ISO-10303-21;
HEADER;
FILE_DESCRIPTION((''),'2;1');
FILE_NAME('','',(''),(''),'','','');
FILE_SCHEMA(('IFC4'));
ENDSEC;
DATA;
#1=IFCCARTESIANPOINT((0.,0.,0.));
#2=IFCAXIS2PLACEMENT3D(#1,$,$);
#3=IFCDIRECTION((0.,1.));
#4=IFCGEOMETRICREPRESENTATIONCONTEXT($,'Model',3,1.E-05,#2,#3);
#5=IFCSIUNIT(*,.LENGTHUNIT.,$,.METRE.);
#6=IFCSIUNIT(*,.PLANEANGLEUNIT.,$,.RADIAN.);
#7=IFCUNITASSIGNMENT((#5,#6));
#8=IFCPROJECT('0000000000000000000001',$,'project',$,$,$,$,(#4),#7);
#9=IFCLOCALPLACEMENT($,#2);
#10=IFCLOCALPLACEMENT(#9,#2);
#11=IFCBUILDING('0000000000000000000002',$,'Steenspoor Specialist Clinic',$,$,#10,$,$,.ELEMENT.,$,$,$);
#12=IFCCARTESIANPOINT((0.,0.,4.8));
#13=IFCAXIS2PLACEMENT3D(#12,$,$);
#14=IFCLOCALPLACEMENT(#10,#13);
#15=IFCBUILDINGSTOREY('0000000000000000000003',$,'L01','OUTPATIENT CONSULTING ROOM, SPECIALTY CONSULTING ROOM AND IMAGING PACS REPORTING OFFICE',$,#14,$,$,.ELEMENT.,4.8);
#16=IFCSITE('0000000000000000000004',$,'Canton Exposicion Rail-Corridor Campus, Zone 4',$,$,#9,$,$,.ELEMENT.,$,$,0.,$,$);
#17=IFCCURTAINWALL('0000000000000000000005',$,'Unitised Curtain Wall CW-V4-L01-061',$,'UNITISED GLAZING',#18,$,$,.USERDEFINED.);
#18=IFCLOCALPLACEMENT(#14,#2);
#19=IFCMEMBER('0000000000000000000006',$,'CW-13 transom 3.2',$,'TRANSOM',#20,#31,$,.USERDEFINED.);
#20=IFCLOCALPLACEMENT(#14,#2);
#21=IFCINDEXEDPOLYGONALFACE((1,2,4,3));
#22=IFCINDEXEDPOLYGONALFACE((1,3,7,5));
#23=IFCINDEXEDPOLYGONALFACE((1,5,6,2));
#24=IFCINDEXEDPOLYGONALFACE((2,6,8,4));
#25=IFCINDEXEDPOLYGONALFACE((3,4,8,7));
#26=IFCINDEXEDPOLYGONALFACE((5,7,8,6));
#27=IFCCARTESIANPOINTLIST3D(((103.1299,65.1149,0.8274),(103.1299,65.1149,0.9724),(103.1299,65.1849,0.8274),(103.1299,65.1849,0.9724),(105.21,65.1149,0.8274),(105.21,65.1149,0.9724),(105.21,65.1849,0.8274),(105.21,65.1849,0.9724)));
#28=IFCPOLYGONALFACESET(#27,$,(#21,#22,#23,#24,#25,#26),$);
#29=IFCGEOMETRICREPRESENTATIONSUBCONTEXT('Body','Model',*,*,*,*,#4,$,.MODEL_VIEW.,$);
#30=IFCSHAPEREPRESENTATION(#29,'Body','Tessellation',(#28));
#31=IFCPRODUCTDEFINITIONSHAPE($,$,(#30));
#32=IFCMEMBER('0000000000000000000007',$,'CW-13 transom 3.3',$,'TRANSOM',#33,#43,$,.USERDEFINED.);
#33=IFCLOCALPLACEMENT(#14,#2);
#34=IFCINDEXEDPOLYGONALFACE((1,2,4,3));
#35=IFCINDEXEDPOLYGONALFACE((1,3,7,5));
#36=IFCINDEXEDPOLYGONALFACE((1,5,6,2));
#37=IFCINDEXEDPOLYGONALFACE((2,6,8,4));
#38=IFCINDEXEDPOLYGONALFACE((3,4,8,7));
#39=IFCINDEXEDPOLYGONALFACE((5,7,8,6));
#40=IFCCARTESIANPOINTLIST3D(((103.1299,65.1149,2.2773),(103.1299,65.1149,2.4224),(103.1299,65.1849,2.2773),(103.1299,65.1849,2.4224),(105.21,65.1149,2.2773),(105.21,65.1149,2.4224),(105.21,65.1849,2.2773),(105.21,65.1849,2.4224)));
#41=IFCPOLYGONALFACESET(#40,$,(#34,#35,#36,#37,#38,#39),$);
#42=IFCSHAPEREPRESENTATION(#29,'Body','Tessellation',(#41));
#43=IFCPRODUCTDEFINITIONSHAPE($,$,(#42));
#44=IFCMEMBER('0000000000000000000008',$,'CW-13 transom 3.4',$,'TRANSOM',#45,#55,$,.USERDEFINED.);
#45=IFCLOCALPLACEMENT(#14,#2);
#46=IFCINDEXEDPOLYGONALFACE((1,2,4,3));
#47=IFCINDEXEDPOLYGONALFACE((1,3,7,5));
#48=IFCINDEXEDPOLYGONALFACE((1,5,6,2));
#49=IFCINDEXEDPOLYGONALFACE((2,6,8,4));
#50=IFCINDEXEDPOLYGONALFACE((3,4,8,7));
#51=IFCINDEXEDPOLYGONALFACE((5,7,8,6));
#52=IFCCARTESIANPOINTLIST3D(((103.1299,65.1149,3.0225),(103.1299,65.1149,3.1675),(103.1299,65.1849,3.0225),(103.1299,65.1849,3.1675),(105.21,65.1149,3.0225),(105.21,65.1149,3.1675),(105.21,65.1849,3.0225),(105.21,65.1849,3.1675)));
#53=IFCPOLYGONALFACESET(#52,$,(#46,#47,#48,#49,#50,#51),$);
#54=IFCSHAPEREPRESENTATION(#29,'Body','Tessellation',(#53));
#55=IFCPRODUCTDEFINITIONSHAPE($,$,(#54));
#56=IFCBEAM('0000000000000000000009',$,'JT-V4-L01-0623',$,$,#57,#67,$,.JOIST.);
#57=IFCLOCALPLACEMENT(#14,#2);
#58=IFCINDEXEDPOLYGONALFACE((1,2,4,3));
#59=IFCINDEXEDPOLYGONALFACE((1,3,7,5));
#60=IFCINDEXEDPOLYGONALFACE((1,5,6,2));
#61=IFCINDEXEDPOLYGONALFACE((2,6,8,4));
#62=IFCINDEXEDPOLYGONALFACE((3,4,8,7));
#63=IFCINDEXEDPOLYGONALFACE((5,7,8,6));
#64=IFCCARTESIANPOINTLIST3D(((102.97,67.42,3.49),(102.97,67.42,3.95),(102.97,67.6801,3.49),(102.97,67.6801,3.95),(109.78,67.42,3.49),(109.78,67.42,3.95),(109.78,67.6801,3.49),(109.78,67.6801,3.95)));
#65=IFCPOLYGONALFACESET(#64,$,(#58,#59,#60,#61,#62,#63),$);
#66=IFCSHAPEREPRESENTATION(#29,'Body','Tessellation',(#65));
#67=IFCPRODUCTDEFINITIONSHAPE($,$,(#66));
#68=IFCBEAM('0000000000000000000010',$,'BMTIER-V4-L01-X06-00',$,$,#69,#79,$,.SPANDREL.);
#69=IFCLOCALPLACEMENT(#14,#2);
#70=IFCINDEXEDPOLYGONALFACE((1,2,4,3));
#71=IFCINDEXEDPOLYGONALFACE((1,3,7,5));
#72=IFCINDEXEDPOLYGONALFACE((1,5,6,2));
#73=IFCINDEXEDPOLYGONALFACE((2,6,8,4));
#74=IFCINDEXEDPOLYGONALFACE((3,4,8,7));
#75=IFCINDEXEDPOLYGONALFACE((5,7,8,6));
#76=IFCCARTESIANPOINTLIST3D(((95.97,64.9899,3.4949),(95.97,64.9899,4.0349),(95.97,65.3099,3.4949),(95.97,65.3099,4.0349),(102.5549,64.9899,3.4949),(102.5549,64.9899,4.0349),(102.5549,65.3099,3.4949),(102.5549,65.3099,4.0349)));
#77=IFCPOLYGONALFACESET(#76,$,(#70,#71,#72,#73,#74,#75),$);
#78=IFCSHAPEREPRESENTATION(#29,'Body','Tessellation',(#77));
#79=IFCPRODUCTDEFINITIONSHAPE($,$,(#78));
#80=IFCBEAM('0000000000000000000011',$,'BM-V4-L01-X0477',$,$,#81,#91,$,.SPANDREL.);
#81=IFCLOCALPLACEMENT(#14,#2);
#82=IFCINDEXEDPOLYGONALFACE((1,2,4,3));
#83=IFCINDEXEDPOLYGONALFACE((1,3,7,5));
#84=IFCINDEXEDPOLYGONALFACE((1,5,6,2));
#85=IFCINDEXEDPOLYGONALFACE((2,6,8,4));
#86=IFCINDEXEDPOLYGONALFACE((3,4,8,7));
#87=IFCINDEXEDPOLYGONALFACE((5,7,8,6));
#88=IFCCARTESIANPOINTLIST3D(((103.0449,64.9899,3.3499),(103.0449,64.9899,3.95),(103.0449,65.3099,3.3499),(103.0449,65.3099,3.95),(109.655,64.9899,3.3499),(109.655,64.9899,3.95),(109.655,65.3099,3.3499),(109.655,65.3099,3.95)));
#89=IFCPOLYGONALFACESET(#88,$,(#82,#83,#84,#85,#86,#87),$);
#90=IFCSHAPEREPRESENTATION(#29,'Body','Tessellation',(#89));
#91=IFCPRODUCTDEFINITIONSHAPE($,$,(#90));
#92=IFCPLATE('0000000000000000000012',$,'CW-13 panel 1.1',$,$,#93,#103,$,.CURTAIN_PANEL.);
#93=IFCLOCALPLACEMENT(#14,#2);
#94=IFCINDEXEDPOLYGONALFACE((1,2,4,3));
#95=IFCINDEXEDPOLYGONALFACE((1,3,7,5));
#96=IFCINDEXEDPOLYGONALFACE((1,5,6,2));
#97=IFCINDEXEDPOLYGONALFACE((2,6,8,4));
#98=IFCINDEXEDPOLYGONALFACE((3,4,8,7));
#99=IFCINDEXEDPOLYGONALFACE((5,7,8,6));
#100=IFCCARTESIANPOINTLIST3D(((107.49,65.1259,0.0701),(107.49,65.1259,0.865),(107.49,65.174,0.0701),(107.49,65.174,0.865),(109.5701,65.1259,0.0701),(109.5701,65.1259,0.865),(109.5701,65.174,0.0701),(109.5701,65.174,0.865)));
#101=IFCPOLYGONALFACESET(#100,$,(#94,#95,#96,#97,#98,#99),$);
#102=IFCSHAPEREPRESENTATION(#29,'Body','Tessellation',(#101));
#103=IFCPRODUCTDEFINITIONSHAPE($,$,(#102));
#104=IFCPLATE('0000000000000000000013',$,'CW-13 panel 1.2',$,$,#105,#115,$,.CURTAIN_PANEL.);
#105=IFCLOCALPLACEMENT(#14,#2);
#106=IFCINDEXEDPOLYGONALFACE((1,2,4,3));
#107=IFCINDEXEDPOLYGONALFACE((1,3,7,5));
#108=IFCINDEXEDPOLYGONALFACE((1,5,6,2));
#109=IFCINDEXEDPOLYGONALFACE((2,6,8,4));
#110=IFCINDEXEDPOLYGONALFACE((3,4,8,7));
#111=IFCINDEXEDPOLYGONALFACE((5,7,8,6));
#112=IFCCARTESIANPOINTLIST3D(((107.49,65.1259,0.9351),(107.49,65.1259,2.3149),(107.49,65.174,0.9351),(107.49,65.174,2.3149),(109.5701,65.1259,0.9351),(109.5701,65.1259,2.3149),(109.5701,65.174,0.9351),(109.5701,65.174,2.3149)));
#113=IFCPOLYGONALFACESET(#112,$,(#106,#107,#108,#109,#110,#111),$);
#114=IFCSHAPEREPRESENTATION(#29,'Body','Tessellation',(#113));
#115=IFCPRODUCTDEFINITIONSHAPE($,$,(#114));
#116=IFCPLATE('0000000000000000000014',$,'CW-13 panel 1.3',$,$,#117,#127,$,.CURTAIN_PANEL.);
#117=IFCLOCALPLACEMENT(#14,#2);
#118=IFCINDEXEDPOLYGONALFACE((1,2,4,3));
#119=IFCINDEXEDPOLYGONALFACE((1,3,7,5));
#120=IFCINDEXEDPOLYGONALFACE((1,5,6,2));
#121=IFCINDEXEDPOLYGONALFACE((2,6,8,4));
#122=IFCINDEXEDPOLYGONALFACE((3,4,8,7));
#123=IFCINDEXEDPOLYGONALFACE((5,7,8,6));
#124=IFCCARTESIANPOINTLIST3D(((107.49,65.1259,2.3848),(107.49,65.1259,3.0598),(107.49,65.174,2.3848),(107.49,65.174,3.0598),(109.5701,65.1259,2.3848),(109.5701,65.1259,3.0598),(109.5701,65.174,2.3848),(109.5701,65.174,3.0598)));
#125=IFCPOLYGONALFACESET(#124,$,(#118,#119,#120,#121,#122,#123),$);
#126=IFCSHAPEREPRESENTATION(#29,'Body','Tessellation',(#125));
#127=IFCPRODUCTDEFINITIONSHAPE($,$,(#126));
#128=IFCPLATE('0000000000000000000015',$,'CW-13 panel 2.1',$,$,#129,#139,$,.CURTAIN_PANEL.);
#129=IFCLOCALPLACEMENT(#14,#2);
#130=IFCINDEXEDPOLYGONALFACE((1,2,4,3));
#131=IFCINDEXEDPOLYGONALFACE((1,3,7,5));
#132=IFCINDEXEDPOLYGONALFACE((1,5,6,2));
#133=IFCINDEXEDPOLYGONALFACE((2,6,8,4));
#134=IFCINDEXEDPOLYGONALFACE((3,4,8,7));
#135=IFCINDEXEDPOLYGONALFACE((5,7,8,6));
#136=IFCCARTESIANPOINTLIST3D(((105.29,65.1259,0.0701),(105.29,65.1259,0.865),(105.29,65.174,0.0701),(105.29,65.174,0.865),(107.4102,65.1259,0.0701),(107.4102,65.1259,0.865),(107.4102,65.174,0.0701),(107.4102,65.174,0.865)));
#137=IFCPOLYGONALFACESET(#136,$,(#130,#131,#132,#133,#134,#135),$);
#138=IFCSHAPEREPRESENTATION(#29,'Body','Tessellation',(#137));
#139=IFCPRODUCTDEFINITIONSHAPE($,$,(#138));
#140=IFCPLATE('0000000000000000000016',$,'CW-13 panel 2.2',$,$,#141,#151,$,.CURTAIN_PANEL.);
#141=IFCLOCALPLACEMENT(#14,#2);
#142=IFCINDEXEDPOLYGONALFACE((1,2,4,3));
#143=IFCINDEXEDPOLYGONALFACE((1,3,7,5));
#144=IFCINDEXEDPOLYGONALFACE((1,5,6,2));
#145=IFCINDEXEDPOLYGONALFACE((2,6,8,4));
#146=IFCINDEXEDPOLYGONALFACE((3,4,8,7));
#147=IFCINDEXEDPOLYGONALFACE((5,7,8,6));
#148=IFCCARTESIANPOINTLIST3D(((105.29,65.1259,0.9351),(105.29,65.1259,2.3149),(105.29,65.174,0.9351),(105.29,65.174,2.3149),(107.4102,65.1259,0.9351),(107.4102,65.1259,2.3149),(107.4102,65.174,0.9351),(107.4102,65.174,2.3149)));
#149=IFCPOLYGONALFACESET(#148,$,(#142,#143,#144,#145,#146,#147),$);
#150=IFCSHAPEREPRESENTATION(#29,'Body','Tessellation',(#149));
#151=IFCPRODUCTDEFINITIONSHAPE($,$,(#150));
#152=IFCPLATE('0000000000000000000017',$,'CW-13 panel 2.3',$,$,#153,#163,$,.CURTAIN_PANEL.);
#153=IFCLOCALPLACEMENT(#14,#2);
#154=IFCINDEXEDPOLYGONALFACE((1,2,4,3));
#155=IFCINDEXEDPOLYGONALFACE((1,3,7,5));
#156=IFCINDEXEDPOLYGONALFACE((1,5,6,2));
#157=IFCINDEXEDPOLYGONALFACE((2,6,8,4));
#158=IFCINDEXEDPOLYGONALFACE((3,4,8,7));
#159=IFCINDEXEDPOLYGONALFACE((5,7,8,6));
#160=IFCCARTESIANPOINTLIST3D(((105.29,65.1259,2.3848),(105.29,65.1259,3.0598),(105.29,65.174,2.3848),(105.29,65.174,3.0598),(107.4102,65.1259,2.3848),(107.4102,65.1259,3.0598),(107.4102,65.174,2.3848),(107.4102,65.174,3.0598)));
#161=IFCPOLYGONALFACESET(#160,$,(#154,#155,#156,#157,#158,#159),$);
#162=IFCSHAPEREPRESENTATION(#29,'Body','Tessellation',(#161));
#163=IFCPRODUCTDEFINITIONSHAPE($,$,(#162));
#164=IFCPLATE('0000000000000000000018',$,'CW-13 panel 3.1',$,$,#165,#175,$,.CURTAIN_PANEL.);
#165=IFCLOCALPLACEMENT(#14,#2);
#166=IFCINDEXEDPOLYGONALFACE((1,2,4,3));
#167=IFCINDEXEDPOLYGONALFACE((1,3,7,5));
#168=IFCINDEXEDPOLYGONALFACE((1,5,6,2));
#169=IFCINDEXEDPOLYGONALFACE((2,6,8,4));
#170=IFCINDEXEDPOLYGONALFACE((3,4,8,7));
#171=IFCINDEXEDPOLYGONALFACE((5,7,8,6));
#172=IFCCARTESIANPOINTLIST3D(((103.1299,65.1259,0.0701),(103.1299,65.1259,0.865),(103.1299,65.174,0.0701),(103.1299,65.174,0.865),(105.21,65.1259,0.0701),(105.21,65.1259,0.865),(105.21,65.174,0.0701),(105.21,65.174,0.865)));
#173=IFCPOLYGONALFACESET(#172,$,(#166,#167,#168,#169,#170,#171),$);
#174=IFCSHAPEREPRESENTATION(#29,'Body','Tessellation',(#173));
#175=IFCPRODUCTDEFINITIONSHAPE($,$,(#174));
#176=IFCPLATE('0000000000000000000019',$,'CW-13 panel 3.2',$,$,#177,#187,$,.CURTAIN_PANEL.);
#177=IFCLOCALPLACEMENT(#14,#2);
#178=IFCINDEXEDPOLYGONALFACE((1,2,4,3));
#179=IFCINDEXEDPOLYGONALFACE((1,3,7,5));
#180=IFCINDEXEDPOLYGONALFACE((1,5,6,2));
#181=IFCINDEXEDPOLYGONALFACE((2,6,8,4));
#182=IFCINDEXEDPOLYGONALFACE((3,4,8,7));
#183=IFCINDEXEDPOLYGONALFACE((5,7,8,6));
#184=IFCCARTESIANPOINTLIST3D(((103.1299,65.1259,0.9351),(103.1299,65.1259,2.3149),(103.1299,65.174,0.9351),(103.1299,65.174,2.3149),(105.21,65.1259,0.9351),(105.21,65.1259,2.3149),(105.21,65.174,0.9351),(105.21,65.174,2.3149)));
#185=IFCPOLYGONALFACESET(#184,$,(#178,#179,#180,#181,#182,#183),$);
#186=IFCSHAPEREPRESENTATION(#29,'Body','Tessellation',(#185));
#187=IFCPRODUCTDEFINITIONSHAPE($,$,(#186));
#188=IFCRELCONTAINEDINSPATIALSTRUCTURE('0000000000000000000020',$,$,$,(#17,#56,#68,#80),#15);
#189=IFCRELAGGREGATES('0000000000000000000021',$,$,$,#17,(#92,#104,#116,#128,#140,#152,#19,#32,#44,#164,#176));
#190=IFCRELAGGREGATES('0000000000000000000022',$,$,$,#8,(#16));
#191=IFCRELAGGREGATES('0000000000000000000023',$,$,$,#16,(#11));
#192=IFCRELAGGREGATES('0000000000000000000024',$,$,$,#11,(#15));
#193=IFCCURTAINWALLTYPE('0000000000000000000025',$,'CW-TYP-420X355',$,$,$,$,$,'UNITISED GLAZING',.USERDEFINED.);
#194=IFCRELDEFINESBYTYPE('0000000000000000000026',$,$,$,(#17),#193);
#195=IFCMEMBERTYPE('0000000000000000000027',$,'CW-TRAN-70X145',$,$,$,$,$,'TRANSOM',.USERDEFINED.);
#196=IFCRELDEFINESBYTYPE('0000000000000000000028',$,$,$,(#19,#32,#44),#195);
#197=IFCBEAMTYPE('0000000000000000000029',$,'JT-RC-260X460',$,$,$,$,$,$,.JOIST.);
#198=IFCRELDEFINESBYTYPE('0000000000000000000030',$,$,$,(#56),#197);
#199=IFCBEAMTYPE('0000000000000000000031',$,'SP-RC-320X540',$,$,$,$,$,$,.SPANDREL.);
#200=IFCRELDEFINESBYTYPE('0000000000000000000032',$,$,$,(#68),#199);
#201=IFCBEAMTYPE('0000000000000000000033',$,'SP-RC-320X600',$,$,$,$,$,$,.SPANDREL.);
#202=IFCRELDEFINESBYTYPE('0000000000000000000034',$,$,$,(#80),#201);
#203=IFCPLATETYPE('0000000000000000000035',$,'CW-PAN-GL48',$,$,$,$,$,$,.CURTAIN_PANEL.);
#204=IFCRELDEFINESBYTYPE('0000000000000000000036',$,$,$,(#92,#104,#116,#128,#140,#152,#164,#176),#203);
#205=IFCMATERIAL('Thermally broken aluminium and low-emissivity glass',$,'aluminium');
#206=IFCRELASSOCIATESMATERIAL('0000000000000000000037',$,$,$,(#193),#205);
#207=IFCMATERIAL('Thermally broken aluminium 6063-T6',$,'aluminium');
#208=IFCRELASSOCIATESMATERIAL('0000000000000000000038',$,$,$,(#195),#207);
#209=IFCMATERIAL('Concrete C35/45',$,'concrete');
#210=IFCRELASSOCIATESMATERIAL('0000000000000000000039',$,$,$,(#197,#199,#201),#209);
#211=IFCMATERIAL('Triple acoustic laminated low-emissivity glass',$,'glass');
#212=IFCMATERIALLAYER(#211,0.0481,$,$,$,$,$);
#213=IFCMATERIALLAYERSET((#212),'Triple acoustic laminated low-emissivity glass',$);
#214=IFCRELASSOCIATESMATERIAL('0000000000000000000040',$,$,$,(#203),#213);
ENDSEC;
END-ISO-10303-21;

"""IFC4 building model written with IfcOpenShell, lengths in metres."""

from ifc_helpers import new_model, si_unit, direction, frame, origin, origin_2d, place, context, subcontext, project, spatial, rectangle, extrude, material, layer, layer_set, material_profile, profile_set, type_object, element, aggregate, save


model = new_model("IFC4")

# Units and contexts
model_context = context("Model", 3, precision=1e-05, world=origin(), true_north=direction((0.0, 1.0)))
body_context = subcontext(model_context, "Body", "Model", "MODEL_VIEW")
ifc_project = project(units=[si_unit("LENGTHUNIT", "METRE"), si_unit("PLANEANGLEUNIT", "RADIAN")], contexts=[model_context])

# Site, building, storey
site_placement = place(None, origin())
site = spatial("IfcSite", under=ifc_project, at=site_placement, Name="Canton Exposicion Rail-Corridor Campus, Zone 4", CompositionType="ELEMENT", RefElevation=0.0)
building_placement = place(site_placement, origin())
building = spatial("IfcBuilding", under=site, at=building_placement, Name="Steenspoor Specialist Clinic", CompositionType="ELEMENT")
storey_placement = place(building_placement, frame((0.0, 0.0, 4.8)))
storey = spatial("IfcBuildingStorey", under=building, at=storey_placement, Name="L01", Description="OUTPATIENT CONSULTING ROOM, SPECIALTY CONSULTING ROOM AND IMAGING PACS REPORTING OFFICE", CompositionType="ELEMENT", Elevation=4.8)

# Shared definitions
ifc_material_1 = material(Name="Concrete C35/45", Category="concrete")

# Shared definitions
ifc_material_2 = material(Name="Thermally broken aluminium and low-emissivity glass", Category="aluminium")
ifc_material_3 = material(Name="Thermally broken aluminium 6063-T6", Category="aluminium")

# Curtain wall, members
curtain_wall_type_1 = type_object("IfcCurtainWallType", Name="CW-TYP-420X355", ElementType="UNITISED GLAZING", PredefinedType="USERDEFINED", material=ifc_material_2)
curtain_wall_1_placement = place(storey_placement, origin())
curtain_wall_1 = element("IfcCurtainWall", 1, at=curtain_wall_1_placement, inside=storey, type_object=curtain_wall_type_1, Name="Unitised Curtain Wall CW-V4-L01-061", ObjectType="UNITISED GLAZING", PredefinedType="USERDEFINED")
ifc_material_profile_1 = material_profile(ifc_material_3, rectangle(XDim=0.0701, YDim=0.145, at=origin_2d()), Name="CWT-70X145")
ifc_profile_set_1 = profile_set([ifc_material_profile_1], Name="Thermally broken aluminium 6063-T6")
member_type_1 = type_object("IfcMemberType", Name="CW-TRAN-70X145", ElementType="TRANSOM", PredefinedType="USERDEFINED", material=ifc_profile_set_1)
member_1_placement = place(storey_placement, frame((105.21, 65.1499, 0.8999), z_axis=(-1.0, 0.0, 0.0), x_axis=(0.0, -1.0, 0.0)))
member_1 = element("IfcMember", 2, at=member_1_placement, type_object=member_type_1, Name="CW-13 transom 3.2", ObjectType="TRANSOM", PredefinedType="USERDEFINED", context=body_context, shape_type="SweptSolid", body=[
    extrude(rectangle(XDim=0.0701, YDim=0.145, at=origin_2d()), origin(), (0.0, 0.0, 1.0), 2.0801),
])
member_2_placement = place(storey_placement, frame((105.21, 65.1499, 2.3499), z_axis=(-1.0, 0.0, 0.0), x_axis=(0.0, -1.0, 0.0)))
member_2 = element("IfcMember", 3, at=member_2_placement, type_object=member_type_1, Name="CW-13 transom 3.3", ObjectType="TRANSOM", PredefinedType="USERDEFINED", context=body_context, shape_type="SweptSolid", body=[
    extrude(rectangle(XDim=0.0701, YDim=0.145, at=origin_2d()), origin(), (0.0, 0.0, 1.0), 2.0801),
])
member_3_placement = place(storey_placement, frame((105.21, 65.1499, 3.095), z_axis=(-1.0, 0.0, 0.0), x_axis=(0.0, -1.0, 0.0)))
member_3 = element("IfcMember", 4, at=member_3_placement, type_object=member_type_1, Name="CW-13 transom 3.4", ObjectType="TRANSOM", PredefinedType="USERDEFINED", context=body_context, shape_type="SweptSolid", body=[
    extrude(rectangle(XDim=0.0701, YDim=0.145, at=origin_2d()), origin(), (0.0, 0.0, 1.0), 2.0801),
])

# Beams
ifc_material_profile_2 = material_profile(ifc_material_1, rectangle(XDim=0.26, YDim=0.46, at=origin_2d()), Name="RC-JT-260X460")
ifc_profile_set_2 = profile_set([ifc_material_profile_2], Name="Concrete C35/45")
beam_type_1 = type_object("IfcBeamType", Name="JT-RC-260X460", PredefinedType="JOIST", material=ifc_profile_set_2)
beam_1_placement = place(storey_placement, frame((102.97, 67.55, 3.72), z_axis=(1.0, 0.0, 0.0), x_axis=(0.0, 1.0, 0.0)))
element("IfcBeam", 5, at=beam_1_placement, inside=storey, type_object=beam_type_1, Name="JT-V4-L01-0623", PredefinedType="JOIST", context=body_context, shape_type="SweptSolid", body=[
    extrude(rectangle(XDim=0.26, YDim=0.46, at=origin_2d()), origin(), (0.0, 0.0, 1.0), 6.8101),
])
ifc_material_profile_3 = material_profile(ifc_material_1, rectangle(XDim=0.3201, YDim=0.54, at=origin_2d()), Name="RC-SP-320X540")
ifc_profile_set_3 = profile_set([ifc_material_profile_3], Name="Concrete C35/45")
beam_type_2 = type_object("IfcBeamType", Name="SP-RC-320X540", PredefinedType="SPANDREL", material=ifc_profile_set_3)
beam_2_placement = place(storey_placement, frame((95.97, 65.1499, 3.7649), z_axis=(1.0, 0.0, 0.0), x_axis=(0.0, 1.0, 0.0)))
element("IfcBeam", 6, at=beam_2_placement, inside=storey, type_object=beam_type_2, Name="BMTIER-V4-L01-X06-00", PredefinedType="SPANDREL", context=body_context, shape_type="SweptSolid", body=[
    extrude(rectangle(XDim=0.3201, YDim=0.54, at=origin_2d()), origin(), (0.0, 0.0, 1.0), 6.585),
])
ifc_material_profile_4 = material_profile(ifc_material_1, rectangle(XDim=0.3201, YDim=0.6001, at=origin_2d()), Name="RC-SP-320X600")
ifc_profile_set_4 = profile_set([ifc_material_profile_4], Name="Concrete C35/45")
beam_type_3 = type_object("IfcBeamType", Name="SP-RC-320X600", PredefinedType="SPANDREL", material=ifc_profile_set_4)
beam_3_placement = place(storey_placement, frame((103.0449, 65.1499, 3.6499), z_axis=(1.0, 0.0, 0.0), x_axis=(0.0, 1.0, 0.0)))
element("IfcBeam", 7, at=beam_3_placement, inside=storey, type_object=beam_type_3, Name="BM-V4-L01-X0477", PredefinedType="SPANDREL", context=body_context, shape_type="SweptSolid", body=[
    extrude(rectangle(XDim=0.3201, YDim=0.6001, at=origin_2d()), origin(), (0.0, 0.0, 1.0), 6.6101),
])

# Plates
ifc_material_4 = material(Name="Triple acoustic laminated low-emissivity glass", Category="glass")
ifc_layer_1 = layer(ifc_material_4, 0.0481)
ifc_layer_set_1 = layer_set([ifc_layer_1], Name="Triple acoustic laminated low-emissivity glass")
plate_type = type_object("IfcPlateType", Name="CW-PAN-GL48", PredefinedType="CURTAIN_PANEL", material=ifc_layer_set_1)
plate_1_placement = place(storey_placement, frame((108.53, 65.1499, 0.0701), z_axis=(0.0, 0.0, 1.0), x_axis=(-1.0, 0.0, 0.0)))
plate_1 = element("IfcPlate", 8, at=plate_1_placement, type_object=plate_type, Name="CW-13 panel 1.1", PredefinedType="CURTAIN_PANEL", context=body_context, shape_type="SweptSolid", body=[
    extrude(rectangle(XDim=2.0801, YDim=0.0481, at=origin_2d()), origin(), (0.0, 0.0, 1.0), 0.7949),
])
plate_2_placement = place(storey_placement, frame((108.53, 65.1499, 0.9351), z_axis=(0.0, 0.0, 1.0), x_axis=(-1.0, 0.0, 0.0)))
plate_2 = element("IfcPlate", 9, at=plate_2_placement, type_object=plate_type, Name="CW-13 panel 1.2", PredefinedType="CURTAIN_PANEL", context=body_context, shape_type="SweptSolid", body=[
    extrude(rectangle(XDim=2.0801, YDim=0.0481, at=origin_2d()), origin(), (0.0, 0.0, 1.0), 1.3799),
])
plate_3_placement = place(storey_placement, frame((108.53, 65.1499, 2.3848), z_axis=(0.0, 0.0, 1.0), x_axis=(-1.0, 0.0, 0.0)))
plate_3 = element("IfcPlate", 10, at=plate_3_placement, type_object=plate_type, Name="CW-13 panel 1.3", PredefinedType="CURTAIN_PANEL", context=body_context, shape_type="SweptSolid", body=[
    extrude(rectangle(XDim=2.0801, YDim=0.0481, at=origin_2d()), origin(), (0.0, 0.0, 1.0), 0.675),
])
plate_4_placement = place(storey_placement, frame((106.3501, 65.1499, 0.0701), z_axis=(0.0, 0.0, 1.0), x_axis=(-1.0, 0.0, 0.0)))
plate_4 = element("IfcPlate", 11, at=plate_4_placement, type_object=plate_type, Name="CW-13 panel 2.1", PredefinedType="CURTAIN_PANEL", context=body_context, shape_type="SweptSolid", body=[
    extrude(rectangle(XDim=2.1201, YDim=0.0481, at=origin_2d()), origin(), (0.0, 0.0, 1.0), 0.7949),
])
plate_5_placement = place(storey_placement, frame((106.3501, 65.1499, 0.9351), z_axis=(0.0, 0.0, 1.0), x_axis=(-1.0, 0.0, 0.0)))
plate_5 = element("IfcPlate", 12, at=plate_5_placement, type_object=plate_type, Name="CW-13 panel 2.2", PredefinedType="CURTAIN_PANEL", context=body_context, shape_type="SweptSolid", body=[
    extrude(rectangle(XDim=2.1201, YDim=0.0481, at=origin_2d()), origin(), (0.0, 0.0, 1.0), 1.3799),
])
plate_6_placement = place(storey_placement, frame((106.3501, 65.1499, 2.3848), z_axis=(0.0, 0.0, 1.0), x_axis=(-1.0, 0.0, 0.0)))
plate_6 = element("IfcPlate", 13, at=plate_6_placement, type_object=plate_type, Name="CW-13 panel 2.3", PredefinedType="CURTAIN_PANEL", context=body_context, shape_type="SweptSolid", body=[
    extrude(rectangle(XDim=2.1201, YDim=0.0481, at=origin_2d()), origin(), (0.0, 0.0, 1.0), 0.675),
])
plate_7_placement = place(storey_placement, frame((104.1699, 65.1499, 0.0701), z_axis=(0.0, 0.0, 1.0), x_axis=(-1.0, 0.0, 0.0)))
plate_7 = element("IfcPlate", 14, at=plate_7_placement, type_object=plate_type, Name="CW-13 panel 3.1", PredefinedType="CURTAIN_PANEL", context=body_context, shape_type="SweptSolid", body=[
    extrude(rectangle(XDim=2.0801, YDim=0.0481, at=origin_2d()), origin(), (0.0, 0.0, 1.0), 0.7949),
])
plate_8_placement = place(storey_placement, frame((104.1699, 65.1499, 0.9351), z_axis=(0.0, 0.0, 1.0), x_axis=(-1.0, 0.0, 0.0)))
plate_8 = element("IfcPlate", 15, at=plate_8_placement, type_object=plate_type, Name="CW-13 panel 3.2", PredefinedType="CURTAIN_PANEL", context=body_context, shape_type="SweptSolid", body=[
    extrude(rectangle(XDim=2.0801, YDim=0.0481, at=origin_2d()), origin(), (0.0, 0.0, 1.0), 1.3799),
])
aggregate(curtain_wall_1, [plate_1, plate_2, plate_3, plate_4, plate_5, plate_6, member_1, member_2, member_3, plate_7, plate_8])

save(model, "model.ifc")
